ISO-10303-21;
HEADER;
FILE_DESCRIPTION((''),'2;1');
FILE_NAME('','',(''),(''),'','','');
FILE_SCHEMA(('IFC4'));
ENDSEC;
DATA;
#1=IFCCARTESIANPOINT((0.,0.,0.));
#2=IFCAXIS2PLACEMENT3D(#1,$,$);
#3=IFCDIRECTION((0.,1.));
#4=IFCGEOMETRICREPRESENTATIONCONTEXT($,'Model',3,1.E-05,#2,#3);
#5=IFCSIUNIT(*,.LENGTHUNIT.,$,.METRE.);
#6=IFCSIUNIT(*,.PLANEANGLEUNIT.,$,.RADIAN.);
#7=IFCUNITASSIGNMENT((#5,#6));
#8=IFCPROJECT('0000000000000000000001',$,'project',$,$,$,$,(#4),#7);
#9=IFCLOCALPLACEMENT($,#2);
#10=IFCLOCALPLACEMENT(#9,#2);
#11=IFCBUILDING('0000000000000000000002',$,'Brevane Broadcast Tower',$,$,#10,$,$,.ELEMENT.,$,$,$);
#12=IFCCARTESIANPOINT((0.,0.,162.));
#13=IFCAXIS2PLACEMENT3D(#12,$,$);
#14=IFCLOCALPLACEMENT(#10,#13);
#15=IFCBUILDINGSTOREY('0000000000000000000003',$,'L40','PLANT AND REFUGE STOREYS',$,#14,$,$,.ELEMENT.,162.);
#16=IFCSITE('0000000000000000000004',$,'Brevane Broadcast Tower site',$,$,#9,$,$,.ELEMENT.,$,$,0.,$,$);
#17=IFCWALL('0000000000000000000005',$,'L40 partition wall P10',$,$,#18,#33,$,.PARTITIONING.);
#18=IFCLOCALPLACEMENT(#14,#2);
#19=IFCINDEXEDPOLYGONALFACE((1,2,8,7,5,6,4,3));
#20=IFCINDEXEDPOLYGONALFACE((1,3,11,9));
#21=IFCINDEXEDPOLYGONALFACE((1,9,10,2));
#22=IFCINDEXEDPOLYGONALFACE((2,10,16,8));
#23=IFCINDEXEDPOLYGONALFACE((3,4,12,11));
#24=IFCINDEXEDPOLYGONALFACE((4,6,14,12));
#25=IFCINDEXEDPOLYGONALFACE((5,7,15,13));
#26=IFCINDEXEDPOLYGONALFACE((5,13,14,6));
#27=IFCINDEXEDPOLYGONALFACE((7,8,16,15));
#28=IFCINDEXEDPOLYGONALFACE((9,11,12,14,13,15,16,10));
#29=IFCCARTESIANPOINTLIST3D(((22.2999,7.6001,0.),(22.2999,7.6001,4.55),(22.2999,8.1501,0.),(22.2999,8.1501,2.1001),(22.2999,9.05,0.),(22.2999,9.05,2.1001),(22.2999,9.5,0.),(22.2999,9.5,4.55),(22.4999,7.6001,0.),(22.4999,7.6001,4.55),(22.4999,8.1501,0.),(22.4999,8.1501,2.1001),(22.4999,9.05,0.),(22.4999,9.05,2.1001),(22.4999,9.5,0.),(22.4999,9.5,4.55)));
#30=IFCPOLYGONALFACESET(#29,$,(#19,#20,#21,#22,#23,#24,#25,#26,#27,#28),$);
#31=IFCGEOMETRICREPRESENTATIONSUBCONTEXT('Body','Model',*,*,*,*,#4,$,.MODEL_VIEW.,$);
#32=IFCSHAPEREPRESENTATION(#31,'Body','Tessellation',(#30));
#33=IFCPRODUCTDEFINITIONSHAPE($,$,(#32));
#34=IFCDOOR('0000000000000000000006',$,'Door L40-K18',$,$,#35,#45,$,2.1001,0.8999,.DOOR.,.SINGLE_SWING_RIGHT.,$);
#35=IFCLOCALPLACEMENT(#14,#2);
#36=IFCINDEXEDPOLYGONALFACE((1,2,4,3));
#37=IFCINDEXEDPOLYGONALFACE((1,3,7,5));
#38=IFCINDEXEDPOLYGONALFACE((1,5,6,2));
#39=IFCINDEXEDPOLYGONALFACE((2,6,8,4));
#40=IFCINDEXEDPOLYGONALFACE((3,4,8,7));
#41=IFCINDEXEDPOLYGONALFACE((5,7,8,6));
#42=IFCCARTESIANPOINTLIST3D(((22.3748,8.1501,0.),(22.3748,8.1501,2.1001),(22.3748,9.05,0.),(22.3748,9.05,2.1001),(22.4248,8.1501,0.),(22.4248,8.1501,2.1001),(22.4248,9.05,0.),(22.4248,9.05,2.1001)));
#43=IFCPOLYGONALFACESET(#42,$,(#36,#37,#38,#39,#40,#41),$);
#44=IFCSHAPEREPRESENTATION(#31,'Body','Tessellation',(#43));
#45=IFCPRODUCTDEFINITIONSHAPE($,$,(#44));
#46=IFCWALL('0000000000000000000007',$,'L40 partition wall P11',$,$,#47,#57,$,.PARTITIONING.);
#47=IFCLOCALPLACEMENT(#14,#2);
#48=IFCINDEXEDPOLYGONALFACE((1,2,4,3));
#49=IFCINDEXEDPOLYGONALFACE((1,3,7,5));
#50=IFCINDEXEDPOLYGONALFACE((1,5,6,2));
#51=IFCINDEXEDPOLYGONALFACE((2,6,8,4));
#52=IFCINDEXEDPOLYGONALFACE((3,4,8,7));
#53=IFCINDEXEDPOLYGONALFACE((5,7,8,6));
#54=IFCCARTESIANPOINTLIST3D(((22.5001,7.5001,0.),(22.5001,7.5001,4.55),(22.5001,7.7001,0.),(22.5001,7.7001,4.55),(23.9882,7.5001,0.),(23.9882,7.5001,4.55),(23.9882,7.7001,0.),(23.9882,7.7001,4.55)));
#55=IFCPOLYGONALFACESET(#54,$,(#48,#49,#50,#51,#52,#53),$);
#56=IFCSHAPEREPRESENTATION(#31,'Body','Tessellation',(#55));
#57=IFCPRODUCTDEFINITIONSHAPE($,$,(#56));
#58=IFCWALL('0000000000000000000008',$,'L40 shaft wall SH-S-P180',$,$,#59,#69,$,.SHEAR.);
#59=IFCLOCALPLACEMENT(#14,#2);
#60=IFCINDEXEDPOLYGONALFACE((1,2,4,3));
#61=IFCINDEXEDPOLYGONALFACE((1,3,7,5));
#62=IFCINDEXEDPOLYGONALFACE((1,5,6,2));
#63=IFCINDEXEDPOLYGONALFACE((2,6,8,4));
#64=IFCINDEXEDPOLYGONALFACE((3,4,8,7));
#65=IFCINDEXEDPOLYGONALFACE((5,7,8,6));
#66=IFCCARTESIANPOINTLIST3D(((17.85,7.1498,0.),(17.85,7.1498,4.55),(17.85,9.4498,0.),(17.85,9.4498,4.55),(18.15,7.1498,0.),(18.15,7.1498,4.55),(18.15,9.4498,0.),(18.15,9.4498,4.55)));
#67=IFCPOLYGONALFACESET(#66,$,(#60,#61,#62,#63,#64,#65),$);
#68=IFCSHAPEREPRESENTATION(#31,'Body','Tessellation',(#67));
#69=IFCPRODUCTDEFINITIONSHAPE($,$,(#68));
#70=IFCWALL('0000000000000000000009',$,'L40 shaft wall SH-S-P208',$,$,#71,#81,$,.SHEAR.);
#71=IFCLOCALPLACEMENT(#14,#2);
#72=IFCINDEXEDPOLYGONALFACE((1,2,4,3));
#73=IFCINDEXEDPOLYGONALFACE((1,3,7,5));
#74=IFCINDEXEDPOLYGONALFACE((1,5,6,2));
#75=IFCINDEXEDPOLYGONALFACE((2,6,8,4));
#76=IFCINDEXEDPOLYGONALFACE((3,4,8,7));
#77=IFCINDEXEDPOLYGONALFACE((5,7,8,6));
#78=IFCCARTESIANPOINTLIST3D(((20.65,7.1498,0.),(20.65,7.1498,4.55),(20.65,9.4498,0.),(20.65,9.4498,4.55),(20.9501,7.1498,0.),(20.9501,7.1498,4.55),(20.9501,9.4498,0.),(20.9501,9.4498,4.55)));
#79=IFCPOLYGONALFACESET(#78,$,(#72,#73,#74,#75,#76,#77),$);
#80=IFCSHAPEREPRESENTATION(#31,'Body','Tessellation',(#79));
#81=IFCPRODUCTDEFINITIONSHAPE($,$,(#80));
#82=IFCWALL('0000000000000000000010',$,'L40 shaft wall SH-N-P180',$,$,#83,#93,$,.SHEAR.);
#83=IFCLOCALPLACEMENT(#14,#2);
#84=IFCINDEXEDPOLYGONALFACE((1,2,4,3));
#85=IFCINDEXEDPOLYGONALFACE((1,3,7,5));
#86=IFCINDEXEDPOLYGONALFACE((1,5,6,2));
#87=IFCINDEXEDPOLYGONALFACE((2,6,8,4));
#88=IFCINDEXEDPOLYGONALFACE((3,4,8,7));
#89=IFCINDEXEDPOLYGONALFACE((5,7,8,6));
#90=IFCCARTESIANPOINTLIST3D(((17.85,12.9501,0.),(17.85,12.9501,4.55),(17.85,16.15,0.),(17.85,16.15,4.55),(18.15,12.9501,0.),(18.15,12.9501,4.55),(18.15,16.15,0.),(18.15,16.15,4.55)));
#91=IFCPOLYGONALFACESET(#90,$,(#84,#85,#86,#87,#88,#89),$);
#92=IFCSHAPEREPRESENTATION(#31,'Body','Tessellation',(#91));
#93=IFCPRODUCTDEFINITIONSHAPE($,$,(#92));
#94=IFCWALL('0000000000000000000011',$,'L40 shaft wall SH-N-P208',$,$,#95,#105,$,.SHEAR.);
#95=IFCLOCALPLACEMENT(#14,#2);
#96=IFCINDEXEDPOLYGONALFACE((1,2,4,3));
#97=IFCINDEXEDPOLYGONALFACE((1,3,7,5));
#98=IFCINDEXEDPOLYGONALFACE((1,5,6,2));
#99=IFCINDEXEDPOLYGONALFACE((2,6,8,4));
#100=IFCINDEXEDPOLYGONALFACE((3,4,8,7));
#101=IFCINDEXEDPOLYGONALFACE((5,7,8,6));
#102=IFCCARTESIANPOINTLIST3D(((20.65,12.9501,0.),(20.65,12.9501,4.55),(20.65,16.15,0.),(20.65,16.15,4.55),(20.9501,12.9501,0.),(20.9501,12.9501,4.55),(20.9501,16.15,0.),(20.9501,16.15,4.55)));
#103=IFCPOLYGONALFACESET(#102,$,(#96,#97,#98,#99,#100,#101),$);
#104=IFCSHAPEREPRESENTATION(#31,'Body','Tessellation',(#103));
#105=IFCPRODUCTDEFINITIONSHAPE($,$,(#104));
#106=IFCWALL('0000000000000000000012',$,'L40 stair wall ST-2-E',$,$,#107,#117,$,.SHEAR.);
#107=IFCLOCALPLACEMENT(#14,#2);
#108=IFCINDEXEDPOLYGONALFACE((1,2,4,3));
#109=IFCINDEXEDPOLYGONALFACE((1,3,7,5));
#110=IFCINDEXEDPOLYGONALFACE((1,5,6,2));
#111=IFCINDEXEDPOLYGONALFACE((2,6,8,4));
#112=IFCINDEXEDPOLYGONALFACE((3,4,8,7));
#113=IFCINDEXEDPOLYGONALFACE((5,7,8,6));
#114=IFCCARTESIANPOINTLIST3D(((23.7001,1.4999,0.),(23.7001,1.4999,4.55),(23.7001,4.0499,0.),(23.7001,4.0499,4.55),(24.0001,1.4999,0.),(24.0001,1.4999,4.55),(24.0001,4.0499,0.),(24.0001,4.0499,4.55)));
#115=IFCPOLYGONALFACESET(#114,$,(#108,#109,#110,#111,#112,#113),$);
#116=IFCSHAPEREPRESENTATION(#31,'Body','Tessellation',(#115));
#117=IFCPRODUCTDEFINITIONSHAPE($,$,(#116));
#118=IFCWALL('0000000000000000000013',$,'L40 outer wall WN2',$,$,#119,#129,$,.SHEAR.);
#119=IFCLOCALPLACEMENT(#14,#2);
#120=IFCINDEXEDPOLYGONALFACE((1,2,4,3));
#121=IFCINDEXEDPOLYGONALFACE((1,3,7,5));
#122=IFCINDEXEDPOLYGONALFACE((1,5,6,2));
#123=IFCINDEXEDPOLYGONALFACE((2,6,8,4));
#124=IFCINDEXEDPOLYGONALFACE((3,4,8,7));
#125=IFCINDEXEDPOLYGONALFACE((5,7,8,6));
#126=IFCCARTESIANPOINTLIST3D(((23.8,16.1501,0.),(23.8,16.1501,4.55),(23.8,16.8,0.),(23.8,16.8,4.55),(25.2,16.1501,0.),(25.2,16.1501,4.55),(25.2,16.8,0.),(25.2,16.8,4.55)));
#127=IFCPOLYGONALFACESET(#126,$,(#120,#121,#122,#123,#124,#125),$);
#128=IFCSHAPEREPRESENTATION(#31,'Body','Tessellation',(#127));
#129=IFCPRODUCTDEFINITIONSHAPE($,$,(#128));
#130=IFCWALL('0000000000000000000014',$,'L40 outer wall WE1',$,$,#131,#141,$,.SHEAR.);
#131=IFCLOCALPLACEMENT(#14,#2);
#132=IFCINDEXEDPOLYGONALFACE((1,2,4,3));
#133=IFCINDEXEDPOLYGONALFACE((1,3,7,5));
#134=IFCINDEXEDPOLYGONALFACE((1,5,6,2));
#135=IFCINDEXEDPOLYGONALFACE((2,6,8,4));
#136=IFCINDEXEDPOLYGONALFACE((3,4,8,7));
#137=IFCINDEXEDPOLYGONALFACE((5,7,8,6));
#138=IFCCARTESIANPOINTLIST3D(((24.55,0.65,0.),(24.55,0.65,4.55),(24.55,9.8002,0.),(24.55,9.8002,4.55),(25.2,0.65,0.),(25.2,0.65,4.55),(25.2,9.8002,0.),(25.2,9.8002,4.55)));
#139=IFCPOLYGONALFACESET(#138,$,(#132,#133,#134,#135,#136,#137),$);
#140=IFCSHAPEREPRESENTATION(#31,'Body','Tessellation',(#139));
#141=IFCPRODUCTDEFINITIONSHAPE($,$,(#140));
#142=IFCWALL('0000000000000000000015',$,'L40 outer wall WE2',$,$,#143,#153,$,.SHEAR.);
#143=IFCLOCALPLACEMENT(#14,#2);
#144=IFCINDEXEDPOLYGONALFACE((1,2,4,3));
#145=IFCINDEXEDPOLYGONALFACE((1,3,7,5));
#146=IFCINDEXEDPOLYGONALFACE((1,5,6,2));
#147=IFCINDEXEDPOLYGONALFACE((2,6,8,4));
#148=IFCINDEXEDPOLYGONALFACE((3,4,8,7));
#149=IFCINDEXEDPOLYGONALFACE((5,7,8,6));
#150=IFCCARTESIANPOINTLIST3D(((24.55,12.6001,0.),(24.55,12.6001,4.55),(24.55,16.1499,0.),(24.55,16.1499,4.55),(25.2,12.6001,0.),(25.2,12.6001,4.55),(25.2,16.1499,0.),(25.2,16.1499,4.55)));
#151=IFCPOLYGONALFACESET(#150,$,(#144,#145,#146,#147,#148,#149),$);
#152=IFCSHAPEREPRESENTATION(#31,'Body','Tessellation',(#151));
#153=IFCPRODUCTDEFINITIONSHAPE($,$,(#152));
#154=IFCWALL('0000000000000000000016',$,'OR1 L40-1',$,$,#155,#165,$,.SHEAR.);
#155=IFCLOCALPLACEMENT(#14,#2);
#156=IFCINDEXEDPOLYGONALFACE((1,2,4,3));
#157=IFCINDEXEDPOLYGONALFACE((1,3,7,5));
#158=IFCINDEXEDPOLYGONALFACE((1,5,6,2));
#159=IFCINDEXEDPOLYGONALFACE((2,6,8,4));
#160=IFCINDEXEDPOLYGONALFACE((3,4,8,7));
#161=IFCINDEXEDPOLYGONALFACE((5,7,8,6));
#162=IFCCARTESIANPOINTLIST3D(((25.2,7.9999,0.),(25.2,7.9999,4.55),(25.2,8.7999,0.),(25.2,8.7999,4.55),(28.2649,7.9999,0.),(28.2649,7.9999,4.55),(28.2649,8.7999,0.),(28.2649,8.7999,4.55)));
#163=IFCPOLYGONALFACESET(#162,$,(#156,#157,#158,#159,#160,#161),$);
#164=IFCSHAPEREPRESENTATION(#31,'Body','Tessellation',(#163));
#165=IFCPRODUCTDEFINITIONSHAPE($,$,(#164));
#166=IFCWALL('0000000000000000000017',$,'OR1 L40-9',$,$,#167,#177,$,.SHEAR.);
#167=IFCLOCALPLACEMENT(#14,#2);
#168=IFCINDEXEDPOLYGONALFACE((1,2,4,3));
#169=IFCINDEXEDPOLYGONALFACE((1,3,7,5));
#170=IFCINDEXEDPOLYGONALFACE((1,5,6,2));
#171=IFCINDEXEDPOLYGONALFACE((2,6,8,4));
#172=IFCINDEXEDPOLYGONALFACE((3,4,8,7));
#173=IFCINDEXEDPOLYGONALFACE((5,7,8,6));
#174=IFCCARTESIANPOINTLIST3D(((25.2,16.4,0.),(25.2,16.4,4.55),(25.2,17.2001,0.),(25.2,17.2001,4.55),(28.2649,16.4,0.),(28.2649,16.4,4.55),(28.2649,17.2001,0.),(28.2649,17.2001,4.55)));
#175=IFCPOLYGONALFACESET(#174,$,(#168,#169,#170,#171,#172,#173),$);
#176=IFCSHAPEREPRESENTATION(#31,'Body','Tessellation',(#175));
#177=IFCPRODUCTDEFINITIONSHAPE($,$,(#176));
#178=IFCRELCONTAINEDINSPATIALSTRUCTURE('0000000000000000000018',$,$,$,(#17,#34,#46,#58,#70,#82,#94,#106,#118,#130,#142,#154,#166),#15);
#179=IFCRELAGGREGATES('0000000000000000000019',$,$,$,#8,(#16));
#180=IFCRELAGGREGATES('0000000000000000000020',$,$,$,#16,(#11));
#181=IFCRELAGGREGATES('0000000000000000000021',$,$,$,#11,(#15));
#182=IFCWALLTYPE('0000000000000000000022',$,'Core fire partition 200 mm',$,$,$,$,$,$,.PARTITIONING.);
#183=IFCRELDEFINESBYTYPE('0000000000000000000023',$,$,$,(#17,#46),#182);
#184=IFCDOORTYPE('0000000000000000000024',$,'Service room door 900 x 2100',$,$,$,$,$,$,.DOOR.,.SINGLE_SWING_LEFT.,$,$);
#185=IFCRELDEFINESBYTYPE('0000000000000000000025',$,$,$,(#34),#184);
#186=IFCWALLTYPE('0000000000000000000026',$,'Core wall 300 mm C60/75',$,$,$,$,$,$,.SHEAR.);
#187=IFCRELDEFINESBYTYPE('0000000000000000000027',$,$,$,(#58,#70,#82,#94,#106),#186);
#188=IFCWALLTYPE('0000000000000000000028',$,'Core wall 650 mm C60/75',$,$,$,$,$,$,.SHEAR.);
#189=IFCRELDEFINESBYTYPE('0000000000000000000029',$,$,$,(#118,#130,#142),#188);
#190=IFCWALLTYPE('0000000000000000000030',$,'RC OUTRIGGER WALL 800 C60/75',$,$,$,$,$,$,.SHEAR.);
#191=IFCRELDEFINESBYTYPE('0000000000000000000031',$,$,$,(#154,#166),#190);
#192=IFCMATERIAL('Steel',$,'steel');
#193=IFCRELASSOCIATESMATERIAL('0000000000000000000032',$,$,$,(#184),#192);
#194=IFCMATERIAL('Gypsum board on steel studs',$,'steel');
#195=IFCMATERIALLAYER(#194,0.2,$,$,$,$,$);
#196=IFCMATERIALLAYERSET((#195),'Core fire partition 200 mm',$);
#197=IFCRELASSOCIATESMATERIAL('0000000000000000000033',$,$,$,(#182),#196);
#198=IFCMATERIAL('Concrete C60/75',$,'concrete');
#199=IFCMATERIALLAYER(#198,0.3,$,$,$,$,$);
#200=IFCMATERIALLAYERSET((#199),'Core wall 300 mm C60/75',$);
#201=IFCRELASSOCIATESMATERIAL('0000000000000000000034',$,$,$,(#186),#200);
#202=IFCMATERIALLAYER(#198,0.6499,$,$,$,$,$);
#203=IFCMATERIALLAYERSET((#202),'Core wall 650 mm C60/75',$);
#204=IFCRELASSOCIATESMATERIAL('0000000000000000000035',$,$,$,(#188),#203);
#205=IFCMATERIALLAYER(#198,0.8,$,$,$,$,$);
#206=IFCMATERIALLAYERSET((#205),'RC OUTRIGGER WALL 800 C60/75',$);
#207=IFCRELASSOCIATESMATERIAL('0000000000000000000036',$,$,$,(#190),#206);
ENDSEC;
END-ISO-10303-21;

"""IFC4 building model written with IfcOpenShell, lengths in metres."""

from ifc_helpers import new_model, si_unit, direction, frame, frame_2d, origin, place, context, subcontext, project, spatial, rectangle, extrude, material, layer, layer_set, type_object, element, fill, save


model = new_model("IFC4")

# Units and contexts
model_context = context("Model", 3, precision=1e-05, world=origin(), true_north=direction((0.0, 1.0)))
body_context = subcontext(model_context, "Body", "Model", "MODEL_VIEW")
ifc_project = project(units=[si_unit("LENGTHUNIT", "METRE"), si_unit("PLANEANGLEUNIT", "RADIAN")], contexts=[model_context])

# Site, building, storey
site_placement = place(None, origin())
site = spatial("IfcSite", under=ifc_project, at=site_placement, Name="Brevane Broadcast Tower site", CompositionType="ELEMENT", RefElevation=0.0)
building_placement = place(site_placement, origin())
building = spatial("IfcBuilding", under=site, at=building_placement, Name="Brevane Broadcast Tower", CompositionType="ELEMENT")
storey_placement = place(building_placement, frame((0.0, 0.0, 162.0)))
storey = spatial("IfcBuildingStorey", under=building, at=storey_placement, Name="L40", Description="PLANT AND REFUGE STOREYS", CompositionType="ELEMENT", Elevation=162.0)

# Shared definitions
ifc_material_1 = material(Name="Gypsum board on steel studs", Category="steel")
ifc_material_2 = material(Name="Steel", Category="steel")
door_type = type_object("IfcDoorType", Name="Service room door 900 x 2100", OperationType="SINGLE_SWING_LEFT", PredefinedType="DOOR", material=ifc_material_2)

# Shared definitions
ifc_layer_1 = layer(ifc_material_1, 0.2)
ifc_layer_set_1 = layer_set([ifc_layer_1], Name="Core fire partition 200 mm")
wall_type_1 = type_object("IfcWallType", Name="Core fire partition 200 mm", PredefinedType="PARTITIONING", material=ifc_layer_set_1)

# Wall, opening, door
wall_1_placement = place(storey_placement, frame((22.3999, 9.5, 0.0), z_axis=(0.0, 0.0, 1.0), x_axis=(0.0, -1.0, 0.0)))
wall_1 = element("IfcWall", 1, at=wall_1_placement, inside=storey, type_object=wall_type_1, Name="L40 partition wall P10", PredefinedType="PARTITIONING", context=body_context, shape_type="SweptSolid", body=[
    extrude(rectangle(XDim=1.8999, YDim=0.2, at=frame_2d((0.95, 0.0))), origin(), (0.0, 0.0, 1.0), 4.55),
])
opening_1_placement = place(wall_1_placement, frame((0.45, 0.0, 0.0)))
opening_1 = element("IfcOpeningElement", 2, at=opening_1_placement, cuts=wall_1, PredefinedType="OPENING", context=body_context, shape_type="SweptSolid", body=[
    extrude(rectangle(XDim=0.8999, YDim=2.1001, at=frame_2d((0.45, 1.05))), frame((0.0, 0.1099, 0.0), z_axis=(0.0, -1.0, 0.0), x_axis=(1.0, 0.0, 0.0)), (0.0, 0.0, 1.0), 0.22),
])
door_1_placement = place(opening_1_placement, origin())
door_1 = element("IfcDoor", 3, at=door_1_placement, inside=storey, type_object=door_type, Name="Door L40-K18", OperationType="SINGLE_SWING_RIGHT", OverallHeight=2.1001, OverallWidth=0.8999, PredefinedType="DOOR", context=body_context, shape_type="SweptSolid", body=[
    extrude(rectangle(XDim=0.8999, YDim=2.1001, at=frame_2d((0.45, 1.05))), frame((0.0, 0.0249, 0.0), z_axis=(0.0, -1.0, 0.0), x_axis=(1.0, 0.0, 0.0)), (0.0, 0.0, 1.0), 0.05),
])
fill(opening_1, door_1)

# Walls
wall_2_placement = place(storey_placement, frame((22.5, 7.6001, 0.0), z_axis=(0.0, 0.0, 1.0), x_axis=(1.0, 0.0, 0.0)))
element("IfcWall", 4, at=wall_2_placement, inside=storey, type_object=wall_type_1, Name="L40 partition wall P11", PredefinedType="PARTITIONING", context=body_context, shape_type="SweptSolid", body=[
    extrude(rectangle(XDim=1.488, YDim=0.2, at=frame_2d((0.7441, 0.0))), origin(), (0.0, 0.0, 1.0), 4.55),
])
ifc_material_3 = material(Name="Concrete C60/75", Category="concrete")
ifc_layer_2 = layer(ifc_material_3, 0.3)
ifc_layer_set_2 = layer_set([ifc_layer_2], Name="Core wall 300 mm C60/75")
wall_type_2 = type_object("IfcWallType", Name="Core wall 300 mm C60/75", PredefinedType="SHEAR", material=ifc_layer_set_2)
for number, where, z_axis, x_axis, name in (
    (5, (18.0, 7.1499, 0.0), (0.0, 0.0, 1.0), (0.0, 1.0, 0.0), "L40 shaft wall SH-S-P180"),
    (6, (20.8, 7.1499, 0.0), (0.0, 0.0, 1.0), (0.0, 1.0, 0.0), "L40 shaft wall SH-S-P208"),
):
    element("IfcWall", number, at=place(storey_placement, frame(where, z_axis=z_axis, x_axis=x_axis)), inside=storey, type_object=wall_type_2, Name=name, PredefinedType="SHEAR", context=body_context, shape_type="SweptSolid", body=[
        extrude(rectangle(XDim=2.3, YDim=0.3, at=frame_2d((1.1499, 0.0))), origin(), (0.0, 0.0, 1.0), 4.55),
    ])
for number, where, z_axis, x_axis, name in (
    (7, (18.0, 12.95, 0.0), (0.0, 0.0, 1.0), (0.0, 1.0, 0.0), "L40 shaft wall SH-N-P180"),
    (8, (20.8, 12.95, 0.0), (0.0, 0.0, 1.0), (0.0, 1.0, 0.0), "L40 shaft wall SH-N-P208"),
):
    element("IfcWall", number, at=place(storey_placement, frame(where, z_axis=z_axis, x_axis=x_axis)), inside=storey, type_object=wall_type_2, Name=name, PredefinedType="SHEAR", context=body_context, shape_type="SweptSolid", body=[
        extrude(rectangle(XDim=3.2, YDim=0.3, at=frame_2d((1.6001, 0.0))), origin(), (0.0, 0.0, 1.0), 4.55),
    ])
wall_3_placement = place(storey_placement, frame((23.8501, 1.5, 0.0), z_axis=(0.0, 0.0, 1.0), x_axis=(0.0, 1.0, 0.0)))
element("IfcWall", 9, at=wall_3_placement, inside=storey, type_object=wall_type_2, Name="L40 stair wall ST-2-E", PredefinedType="SHEAR", context=body_context, shape_type="SweptSolid", body=[
    extrude(rectangle(XDim=2.55, YDim=0.3, at=frame_2d((1.2749, 0.0))), origin(), (0.0, 0.0, 1.0), 4.55),
])
ifc_layer_3 = layer(ifc_material_3, 0.6499)
ifc_layer_set_3 = layer_set([ifc_layer_3], Name="Core wall 650 mm C60/75")
wall_type_3 = type_object("IfcWallType", Name="Core wall 650 mm C60/75", PredefinedType="SHEAR", material=ifc_layer_set_3)
wall_4_placement = place(storey_placement, frame((23.8, 16.4751, 0.0), z_axis=(0.0, 0.0, 1.0), x_axis=(1.0, 0.0, 0.0)))
element("IfcWall", 10, at=wall_4_placement, inside=storey, type_object=wall_type_3, Name="L40 outer wall WN2", PredefinedType="SHEAR", context=body_context, shape_type="SweptSolid", body=[
    extrude(rectangle(XDim=1.3999, YDim=0.6499, at=frame_2d((0.7, 0.0))), origin(), (0.0, 0.0, 1.0), 4.55),
])
wall_5_placement = place(storey_placement, frame((24.875, 0.6499, 0.0), z_axis=(0.0, 0.0, 1.0), x_axis=(0.0, 1.0, 0.0)))
element("IfcWall", 11, at=wall_5_placement, inside=storey, type_object=wall_type_3, Name="L40 outer wall WE1", PredefinedType="SHEAR", context=body_context, shape_type="SweptSolid", body=[
    extrude(rectangle(XDim=9.1501, YDim=0.6499, at=frame_2d((4.5752, 0.0))), origin(), (0.0, 0.0, 1.0), 4.55),
])
wall_6_placement = place(storey_placement, frame((24.875, 12.6001, 0.0), z_axis=(0.0, 0.0, 1.0), x_axis=(0.0, 1.0, 0.0)))
element("IfcWall", 12, at=wall_6_placement, inside=storey, type_object=wall_type_3, Name="L40 outer wall WE2", PredefinedType="SHEAR", context=body_context, shape_type="SweptSolid", body=[
    extrude(rectangle(XDim=3.5498, YDim=0.6499, at=frame_2d((1.7749, 0.0))), origin(), (0.0, 0.0, 1.0), 4.55),
])
ifc_layer_4 = layer(ifc_material_3, 0.8)
ifc_layer_set_4 = layer_set([ifc_layer_4], Name="RC OUTRIGGER WALL 800 C60/75")
wall_type_4 = type_object("IfcWallType", Name="RC OUTRIGGER WALL 800 C60/75", PredefinedType="SHEAR", material=ifc_layer_set_4)
for number, where, z_axis, x_axis, name in (
    (13, (25.2, 8.3999, 0.0), (0.0, 0.0, 1.0), (1.0, 0.0, 0.0), "OR1 L40-1"),
    (14, (25.2, 16.8, 0.0), (0.0, 0.0, 1.0), (1.0, 0.0, 0.0), "OR1 L40-9"),
):
    element("IfcWall", number, at=place(storey_placement, frame(where, z_axis=z_axis, x_axis=x_axis)), inside=storey, type_object=wall_type_4, Name=name, PredefinedType="SHEAR", context=body_context, shape_type="SweptSolid", body=[
        extrude(rectangle(XDim=3.0649, YDim=0.8, at=frame_2d((1.5325, 0.0))), origin(), (0.0, 0.0, 1.0), 4.55),
    ])

save(model, "model.ifc")
